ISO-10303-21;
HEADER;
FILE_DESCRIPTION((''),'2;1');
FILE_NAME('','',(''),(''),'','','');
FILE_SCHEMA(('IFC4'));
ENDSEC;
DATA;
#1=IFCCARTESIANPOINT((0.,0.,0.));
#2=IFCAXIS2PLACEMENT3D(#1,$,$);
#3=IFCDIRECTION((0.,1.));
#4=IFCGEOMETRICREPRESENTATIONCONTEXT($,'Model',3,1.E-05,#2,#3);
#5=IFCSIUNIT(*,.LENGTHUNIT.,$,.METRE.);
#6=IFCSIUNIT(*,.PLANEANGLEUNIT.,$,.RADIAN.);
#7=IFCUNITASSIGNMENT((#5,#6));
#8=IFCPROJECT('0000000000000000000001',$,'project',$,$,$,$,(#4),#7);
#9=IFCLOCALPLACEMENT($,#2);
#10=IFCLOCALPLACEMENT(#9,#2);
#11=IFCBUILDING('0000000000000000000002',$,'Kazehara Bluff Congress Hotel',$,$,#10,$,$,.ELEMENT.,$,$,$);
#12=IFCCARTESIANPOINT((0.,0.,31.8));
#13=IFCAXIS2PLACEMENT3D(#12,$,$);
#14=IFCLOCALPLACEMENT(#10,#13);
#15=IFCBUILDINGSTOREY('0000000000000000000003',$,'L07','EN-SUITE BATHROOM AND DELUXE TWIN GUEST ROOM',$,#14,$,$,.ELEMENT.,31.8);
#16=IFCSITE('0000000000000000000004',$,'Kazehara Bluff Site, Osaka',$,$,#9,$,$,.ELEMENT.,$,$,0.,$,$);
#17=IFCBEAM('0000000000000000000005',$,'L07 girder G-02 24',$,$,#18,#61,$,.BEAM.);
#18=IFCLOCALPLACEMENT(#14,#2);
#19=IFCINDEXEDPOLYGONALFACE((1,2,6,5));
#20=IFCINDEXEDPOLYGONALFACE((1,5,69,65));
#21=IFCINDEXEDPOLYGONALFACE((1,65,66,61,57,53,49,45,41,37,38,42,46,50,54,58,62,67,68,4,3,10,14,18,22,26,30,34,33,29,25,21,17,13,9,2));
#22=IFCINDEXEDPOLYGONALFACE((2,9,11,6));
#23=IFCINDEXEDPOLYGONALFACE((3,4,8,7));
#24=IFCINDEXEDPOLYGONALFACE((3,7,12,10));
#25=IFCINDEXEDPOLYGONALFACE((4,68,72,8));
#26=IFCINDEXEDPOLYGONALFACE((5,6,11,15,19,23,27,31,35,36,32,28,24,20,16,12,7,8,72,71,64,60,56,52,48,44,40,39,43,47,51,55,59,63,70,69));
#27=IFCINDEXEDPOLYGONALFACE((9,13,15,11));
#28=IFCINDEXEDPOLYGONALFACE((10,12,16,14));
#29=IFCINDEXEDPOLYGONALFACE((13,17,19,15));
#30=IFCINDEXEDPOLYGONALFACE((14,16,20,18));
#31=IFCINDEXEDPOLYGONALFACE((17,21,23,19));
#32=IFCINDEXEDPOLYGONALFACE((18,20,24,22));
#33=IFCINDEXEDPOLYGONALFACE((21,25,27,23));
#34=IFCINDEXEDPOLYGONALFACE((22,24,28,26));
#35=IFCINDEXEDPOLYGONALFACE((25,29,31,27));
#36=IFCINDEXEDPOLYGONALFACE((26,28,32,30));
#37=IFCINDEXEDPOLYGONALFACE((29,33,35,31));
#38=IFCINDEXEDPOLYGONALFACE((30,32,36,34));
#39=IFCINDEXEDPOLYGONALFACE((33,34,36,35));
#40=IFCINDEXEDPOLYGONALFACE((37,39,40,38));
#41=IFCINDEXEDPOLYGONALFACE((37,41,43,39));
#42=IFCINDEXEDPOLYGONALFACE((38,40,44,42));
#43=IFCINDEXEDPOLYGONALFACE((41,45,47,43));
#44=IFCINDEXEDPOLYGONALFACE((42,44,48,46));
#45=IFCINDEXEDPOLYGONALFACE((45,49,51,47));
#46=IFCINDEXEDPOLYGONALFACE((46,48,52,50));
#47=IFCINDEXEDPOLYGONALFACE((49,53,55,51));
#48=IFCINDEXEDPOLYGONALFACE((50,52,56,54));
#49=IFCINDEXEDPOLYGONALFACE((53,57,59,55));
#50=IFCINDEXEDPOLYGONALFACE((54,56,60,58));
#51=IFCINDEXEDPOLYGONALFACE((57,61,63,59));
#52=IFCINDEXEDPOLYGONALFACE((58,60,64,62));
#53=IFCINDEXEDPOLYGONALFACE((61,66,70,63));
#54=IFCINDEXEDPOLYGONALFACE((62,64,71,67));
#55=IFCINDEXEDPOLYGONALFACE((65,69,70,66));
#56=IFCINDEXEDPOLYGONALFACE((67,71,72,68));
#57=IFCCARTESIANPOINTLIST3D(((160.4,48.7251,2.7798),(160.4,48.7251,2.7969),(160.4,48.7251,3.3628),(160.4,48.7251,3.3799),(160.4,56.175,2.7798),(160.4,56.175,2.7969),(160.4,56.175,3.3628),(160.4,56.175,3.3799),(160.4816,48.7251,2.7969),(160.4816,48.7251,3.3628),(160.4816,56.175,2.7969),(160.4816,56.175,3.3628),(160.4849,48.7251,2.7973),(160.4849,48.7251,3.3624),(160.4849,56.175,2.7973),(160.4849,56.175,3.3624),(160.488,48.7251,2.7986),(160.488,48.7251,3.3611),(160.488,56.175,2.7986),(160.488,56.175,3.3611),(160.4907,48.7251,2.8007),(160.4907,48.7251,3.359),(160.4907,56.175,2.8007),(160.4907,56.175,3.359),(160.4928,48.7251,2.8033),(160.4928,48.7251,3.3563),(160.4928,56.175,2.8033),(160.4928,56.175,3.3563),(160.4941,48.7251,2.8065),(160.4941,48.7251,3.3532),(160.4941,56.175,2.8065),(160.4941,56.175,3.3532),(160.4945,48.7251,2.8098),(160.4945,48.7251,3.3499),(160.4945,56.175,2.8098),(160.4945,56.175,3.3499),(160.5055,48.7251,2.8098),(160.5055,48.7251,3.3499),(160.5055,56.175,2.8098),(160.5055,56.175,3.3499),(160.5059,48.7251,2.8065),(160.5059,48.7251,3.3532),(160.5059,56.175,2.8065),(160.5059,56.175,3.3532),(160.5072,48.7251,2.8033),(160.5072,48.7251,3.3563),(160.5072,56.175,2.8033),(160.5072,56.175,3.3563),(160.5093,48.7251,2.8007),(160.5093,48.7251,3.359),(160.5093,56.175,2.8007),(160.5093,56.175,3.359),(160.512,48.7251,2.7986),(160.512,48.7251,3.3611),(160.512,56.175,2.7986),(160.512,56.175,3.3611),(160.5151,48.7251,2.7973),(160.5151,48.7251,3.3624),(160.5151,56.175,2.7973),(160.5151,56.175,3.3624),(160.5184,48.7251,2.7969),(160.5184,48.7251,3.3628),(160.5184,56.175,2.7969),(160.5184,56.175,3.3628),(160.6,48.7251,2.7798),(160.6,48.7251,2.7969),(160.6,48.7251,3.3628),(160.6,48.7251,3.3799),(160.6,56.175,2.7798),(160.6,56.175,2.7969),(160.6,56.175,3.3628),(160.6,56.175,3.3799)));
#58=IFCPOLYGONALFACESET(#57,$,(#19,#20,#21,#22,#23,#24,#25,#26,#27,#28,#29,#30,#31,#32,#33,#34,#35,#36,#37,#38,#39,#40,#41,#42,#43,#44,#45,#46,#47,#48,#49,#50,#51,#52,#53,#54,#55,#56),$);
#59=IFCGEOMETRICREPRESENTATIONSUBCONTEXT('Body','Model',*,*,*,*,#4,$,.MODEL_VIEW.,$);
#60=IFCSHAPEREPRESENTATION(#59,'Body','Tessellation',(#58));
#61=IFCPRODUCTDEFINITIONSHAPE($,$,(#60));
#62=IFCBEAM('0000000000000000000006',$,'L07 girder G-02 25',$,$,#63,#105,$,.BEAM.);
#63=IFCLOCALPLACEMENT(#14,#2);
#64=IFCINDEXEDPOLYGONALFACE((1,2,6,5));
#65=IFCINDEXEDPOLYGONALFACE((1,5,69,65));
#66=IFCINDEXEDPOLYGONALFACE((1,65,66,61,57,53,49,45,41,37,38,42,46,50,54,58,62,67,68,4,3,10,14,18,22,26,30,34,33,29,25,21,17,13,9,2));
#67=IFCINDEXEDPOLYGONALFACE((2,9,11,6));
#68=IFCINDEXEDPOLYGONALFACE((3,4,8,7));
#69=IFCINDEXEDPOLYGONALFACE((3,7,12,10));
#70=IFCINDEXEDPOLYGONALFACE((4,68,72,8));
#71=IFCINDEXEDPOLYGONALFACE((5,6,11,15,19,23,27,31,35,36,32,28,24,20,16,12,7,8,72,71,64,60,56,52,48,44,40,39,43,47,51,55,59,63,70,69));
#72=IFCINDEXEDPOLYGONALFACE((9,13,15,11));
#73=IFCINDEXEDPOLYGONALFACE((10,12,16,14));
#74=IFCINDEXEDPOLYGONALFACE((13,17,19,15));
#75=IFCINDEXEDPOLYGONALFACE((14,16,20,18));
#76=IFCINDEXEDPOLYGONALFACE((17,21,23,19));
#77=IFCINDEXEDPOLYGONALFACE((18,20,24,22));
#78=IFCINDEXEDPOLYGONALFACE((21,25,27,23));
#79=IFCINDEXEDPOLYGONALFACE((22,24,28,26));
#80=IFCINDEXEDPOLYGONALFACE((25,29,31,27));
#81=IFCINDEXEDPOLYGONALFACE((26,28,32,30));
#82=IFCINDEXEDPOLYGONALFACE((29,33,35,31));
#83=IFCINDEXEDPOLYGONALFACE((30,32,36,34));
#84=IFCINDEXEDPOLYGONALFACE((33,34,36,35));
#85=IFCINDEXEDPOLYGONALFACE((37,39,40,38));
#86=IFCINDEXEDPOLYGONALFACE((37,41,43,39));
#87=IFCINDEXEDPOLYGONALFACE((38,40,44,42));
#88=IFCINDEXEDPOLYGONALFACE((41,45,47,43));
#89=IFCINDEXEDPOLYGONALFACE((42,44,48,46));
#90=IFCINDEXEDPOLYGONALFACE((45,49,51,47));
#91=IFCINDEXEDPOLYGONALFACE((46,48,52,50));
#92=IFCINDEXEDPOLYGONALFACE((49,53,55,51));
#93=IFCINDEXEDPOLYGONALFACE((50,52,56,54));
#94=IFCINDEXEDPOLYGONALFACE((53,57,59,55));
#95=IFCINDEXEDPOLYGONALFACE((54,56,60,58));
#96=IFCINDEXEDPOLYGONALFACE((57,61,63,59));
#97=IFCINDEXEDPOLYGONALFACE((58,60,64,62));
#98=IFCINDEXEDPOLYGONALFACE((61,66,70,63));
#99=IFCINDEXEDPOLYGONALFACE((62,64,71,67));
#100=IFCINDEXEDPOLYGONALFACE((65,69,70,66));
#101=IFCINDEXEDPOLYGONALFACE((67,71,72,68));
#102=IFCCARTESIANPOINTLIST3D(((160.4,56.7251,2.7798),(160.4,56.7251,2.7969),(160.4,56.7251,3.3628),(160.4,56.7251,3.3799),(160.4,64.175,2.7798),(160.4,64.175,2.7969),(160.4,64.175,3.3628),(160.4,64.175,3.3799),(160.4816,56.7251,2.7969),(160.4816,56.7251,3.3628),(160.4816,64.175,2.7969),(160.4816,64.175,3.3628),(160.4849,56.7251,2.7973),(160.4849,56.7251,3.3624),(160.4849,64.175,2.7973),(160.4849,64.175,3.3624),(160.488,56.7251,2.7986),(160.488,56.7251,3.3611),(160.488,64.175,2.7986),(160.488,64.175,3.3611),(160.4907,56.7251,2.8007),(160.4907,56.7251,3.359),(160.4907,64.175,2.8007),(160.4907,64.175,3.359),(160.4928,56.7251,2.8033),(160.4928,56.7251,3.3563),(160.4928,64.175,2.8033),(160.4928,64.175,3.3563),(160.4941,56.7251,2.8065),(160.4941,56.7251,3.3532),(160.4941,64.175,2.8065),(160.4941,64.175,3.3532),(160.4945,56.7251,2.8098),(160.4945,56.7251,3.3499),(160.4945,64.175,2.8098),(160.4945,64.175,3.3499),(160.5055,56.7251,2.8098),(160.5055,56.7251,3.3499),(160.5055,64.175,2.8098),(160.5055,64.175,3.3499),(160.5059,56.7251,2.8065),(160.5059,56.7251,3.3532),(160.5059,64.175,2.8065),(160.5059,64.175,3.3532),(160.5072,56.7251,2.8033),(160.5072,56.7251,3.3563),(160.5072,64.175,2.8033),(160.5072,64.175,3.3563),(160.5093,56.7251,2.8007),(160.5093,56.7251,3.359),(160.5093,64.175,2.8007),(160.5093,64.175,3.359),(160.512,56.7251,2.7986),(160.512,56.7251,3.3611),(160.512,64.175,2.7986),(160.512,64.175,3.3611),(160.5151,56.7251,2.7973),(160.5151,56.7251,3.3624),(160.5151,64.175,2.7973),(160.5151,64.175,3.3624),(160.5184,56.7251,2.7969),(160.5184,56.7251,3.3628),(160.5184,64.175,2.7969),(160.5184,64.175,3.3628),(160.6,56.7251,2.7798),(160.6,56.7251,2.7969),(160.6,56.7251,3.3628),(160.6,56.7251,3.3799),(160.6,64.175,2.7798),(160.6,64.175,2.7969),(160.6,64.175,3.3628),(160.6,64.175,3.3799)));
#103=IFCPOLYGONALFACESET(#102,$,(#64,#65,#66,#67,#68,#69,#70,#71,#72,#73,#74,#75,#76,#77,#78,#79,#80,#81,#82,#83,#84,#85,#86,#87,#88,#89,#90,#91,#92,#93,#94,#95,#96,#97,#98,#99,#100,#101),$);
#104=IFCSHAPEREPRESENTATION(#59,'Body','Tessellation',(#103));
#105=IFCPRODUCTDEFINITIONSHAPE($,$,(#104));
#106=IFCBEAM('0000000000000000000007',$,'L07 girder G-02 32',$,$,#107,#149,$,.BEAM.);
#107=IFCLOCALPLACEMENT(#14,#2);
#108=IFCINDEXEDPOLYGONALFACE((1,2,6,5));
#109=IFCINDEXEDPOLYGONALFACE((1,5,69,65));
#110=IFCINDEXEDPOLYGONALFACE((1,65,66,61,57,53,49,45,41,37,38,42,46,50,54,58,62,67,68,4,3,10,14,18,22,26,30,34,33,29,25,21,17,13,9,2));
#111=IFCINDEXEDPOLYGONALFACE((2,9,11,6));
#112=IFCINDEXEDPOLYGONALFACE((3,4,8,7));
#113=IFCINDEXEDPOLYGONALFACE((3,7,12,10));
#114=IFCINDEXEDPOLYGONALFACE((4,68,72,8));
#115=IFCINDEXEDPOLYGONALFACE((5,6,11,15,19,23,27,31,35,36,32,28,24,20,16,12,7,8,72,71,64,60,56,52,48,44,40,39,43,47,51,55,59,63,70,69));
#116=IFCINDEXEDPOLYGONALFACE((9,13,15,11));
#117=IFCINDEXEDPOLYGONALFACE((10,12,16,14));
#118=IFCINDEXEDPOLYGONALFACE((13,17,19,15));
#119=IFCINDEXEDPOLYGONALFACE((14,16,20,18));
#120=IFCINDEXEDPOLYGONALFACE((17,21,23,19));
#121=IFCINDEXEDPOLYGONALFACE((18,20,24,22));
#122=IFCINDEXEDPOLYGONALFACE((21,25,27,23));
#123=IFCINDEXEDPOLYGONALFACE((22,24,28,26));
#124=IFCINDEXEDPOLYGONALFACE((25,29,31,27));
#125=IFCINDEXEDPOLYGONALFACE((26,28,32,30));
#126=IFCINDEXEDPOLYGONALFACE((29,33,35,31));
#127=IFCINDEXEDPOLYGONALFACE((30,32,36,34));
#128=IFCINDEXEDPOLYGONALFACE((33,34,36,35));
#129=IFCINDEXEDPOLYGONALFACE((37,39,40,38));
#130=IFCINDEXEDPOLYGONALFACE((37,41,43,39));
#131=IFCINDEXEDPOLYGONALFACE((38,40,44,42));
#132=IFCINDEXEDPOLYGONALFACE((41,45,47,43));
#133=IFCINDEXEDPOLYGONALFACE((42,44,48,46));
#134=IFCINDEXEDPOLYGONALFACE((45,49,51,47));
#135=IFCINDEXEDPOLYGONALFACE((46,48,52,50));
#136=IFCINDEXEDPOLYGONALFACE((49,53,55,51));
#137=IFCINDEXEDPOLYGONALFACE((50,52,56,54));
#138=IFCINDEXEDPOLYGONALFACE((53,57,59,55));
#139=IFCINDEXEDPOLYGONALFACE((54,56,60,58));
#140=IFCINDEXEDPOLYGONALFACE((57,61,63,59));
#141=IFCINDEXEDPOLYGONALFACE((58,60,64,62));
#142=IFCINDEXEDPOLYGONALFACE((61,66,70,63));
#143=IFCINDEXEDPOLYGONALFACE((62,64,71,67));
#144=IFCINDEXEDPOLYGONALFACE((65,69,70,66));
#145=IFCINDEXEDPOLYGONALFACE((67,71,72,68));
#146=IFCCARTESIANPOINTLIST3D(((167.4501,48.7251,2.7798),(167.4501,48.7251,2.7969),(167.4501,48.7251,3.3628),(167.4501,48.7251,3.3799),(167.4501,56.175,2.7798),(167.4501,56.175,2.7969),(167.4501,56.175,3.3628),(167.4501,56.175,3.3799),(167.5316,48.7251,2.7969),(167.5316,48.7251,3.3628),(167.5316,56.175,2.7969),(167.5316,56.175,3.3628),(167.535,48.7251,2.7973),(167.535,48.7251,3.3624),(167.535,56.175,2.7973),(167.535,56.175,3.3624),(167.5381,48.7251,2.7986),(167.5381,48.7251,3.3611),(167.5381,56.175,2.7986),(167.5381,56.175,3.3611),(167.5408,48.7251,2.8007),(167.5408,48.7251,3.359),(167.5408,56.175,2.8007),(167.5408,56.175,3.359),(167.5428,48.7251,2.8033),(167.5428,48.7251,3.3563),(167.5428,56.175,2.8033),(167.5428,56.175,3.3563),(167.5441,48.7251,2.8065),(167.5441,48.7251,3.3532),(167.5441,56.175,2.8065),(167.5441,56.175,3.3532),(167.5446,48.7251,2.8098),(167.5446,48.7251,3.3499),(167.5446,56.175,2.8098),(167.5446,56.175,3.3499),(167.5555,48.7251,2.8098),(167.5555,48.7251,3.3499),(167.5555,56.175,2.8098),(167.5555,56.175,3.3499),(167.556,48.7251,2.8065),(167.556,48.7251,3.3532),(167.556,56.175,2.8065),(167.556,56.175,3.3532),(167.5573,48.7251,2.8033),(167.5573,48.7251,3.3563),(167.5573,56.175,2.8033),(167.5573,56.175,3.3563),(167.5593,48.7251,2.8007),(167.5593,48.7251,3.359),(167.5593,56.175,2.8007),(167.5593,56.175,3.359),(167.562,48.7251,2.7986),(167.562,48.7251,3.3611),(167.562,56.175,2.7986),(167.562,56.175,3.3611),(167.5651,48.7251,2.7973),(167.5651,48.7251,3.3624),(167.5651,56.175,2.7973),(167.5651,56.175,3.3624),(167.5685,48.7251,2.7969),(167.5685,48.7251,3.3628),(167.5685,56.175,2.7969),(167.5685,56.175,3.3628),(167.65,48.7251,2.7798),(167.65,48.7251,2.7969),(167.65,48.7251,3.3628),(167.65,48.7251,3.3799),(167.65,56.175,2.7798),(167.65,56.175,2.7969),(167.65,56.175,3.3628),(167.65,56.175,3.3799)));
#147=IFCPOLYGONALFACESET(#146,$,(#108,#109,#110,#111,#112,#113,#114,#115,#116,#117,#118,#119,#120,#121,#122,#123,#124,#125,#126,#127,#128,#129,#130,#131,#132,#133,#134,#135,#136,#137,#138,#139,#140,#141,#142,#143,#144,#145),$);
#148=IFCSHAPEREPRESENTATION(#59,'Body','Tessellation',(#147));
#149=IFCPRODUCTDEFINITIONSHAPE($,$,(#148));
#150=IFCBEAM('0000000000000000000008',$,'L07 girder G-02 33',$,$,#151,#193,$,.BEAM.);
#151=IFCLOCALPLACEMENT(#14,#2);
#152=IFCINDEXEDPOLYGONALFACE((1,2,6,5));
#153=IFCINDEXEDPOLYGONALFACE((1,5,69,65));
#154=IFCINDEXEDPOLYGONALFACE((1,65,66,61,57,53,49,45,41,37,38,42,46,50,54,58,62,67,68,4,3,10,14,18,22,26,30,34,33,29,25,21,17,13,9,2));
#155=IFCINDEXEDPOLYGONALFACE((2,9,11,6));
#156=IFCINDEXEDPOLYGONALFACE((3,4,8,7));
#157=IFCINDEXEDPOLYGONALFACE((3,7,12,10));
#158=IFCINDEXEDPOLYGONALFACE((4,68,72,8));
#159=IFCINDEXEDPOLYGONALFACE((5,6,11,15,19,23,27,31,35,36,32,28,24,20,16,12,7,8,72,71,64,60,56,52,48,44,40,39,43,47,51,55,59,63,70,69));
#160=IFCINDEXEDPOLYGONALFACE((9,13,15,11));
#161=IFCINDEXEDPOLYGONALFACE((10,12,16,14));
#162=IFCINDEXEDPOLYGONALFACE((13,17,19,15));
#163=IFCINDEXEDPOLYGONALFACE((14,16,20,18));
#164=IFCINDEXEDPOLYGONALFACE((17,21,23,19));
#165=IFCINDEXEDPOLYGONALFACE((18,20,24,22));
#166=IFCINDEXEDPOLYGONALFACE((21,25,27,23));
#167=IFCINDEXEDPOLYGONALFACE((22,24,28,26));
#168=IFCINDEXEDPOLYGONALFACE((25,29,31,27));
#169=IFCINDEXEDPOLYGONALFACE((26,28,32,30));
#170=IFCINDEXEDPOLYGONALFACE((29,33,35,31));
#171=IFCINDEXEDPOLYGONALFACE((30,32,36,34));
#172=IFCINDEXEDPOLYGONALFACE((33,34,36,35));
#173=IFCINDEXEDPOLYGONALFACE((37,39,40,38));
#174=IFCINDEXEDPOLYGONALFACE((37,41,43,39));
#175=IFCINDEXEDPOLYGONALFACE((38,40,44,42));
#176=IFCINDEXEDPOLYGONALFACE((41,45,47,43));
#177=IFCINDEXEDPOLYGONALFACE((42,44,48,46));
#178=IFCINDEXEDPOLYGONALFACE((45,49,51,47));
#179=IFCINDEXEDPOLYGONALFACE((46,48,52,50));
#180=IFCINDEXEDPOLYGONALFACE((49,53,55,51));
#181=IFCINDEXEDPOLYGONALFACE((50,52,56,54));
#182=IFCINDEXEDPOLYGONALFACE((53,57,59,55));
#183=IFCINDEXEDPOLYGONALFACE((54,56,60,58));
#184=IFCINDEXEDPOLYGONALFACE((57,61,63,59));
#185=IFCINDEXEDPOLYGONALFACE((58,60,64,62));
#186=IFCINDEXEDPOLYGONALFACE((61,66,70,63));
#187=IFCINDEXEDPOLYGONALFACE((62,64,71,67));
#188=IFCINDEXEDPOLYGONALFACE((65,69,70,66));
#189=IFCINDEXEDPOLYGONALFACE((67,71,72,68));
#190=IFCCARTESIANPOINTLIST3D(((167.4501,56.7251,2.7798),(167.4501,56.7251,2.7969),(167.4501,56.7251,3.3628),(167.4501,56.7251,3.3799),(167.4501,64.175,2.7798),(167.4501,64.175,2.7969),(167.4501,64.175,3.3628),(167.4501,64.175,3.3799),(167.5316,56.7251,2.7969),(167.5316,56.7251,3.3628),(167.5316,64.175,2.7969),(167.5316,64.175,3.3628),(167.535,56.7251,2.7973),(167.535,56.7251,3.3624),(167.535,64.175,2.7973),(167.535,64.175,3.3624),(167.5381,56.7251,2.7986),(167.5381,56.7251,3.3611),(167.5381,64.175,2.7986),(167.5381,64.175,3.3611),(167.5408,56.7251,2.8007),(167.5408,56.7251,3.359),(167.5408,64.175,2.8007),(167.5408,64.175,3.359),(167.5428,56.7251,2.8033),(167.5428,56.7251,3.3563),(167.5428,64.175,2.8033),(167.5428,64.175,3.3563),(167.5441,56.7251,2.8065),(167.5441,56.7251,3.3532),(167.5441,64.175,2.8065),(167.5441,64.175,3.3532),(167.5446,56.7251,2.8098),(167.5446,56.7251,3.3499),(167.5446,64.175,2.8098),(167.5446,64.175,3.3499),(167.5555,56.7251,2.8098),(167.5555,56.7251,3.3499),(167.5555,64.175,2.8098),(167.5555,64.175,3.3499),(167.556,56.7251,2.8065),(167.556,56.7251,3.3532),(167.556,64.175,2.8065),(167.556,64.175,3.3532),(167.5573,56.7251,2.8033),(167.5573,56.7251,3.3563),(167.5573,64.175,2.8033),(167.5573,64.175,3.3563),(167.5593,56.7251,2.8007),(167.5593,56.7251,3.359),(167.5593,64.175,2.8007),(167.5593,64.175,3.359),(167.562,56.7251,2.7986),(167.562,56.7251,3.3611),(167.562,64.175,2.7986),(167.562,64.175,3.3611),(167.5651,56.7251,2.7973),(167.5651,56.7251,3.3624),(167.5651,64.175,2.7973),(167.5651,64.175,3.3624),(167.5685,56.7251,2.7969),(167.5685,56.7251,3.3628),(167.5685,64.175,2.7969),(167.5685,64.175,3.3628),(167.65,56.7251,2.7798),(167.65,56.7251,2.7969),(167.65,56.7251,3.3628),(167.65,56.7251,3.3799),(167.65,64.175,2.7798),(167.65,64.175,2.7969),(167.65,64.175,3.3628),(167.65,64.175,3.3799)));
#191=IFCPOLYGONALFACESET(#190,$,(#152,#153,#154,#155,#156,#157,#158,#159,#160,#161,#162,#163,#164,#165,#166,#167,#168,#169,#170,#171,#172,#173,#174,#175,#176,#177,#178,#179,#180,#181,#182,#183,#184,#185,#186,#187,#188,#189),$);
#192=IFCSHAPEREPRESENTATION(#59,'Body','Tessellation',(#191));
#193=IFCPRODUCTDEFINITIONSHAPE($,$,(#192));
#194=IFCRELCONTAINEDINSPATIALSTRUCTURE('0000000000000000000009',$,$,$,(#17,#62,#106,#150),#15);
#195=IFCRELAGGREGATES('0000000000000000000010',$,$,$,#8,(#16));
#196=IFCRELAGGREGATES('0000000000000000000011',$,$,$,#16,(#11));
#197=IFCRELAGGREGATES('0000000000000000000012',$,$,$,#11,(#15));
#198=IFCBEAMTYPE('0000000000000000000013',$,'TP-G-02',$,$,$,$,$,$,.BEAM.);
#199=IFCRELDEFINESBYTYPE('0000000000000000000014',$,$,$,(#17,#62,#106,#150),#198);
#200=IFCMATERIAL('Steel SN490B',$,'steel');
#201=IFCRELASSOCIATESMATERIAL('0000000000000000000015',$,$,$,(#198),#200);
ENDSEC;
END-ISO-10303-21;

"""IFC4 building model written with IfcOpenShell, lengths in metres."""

from ifc_helpers import new_model, si_unit, direction, frame, origin, origin_2d, place, context, subcontext, project, spatial, i_section, extrude, material, material_profile, profile_set, type_object, element, save


model = new_model("IFC4")

# Units and contexts
model_context = context("Model", 3, precision=1e-05, world=origin(), true_north=direction((0.0, 1.0)))
body_context = subcontext(model_context, "Body", "Model", "MODEL_VIEW")
ifc_project = project(units=[si_unit("LENGTHUNIT", "METRE"), si_unit("PLANEANGLEUNIT", "RADIAN")], contexts=[model_context])

# Site, building, storey
site_placement = place(None, origin())
site = spatial("IfcSite", under=ifc_project, at=site_placement, Name="Kazehara Bluff Site, Osaka", CompositionType="ELEMENT", RefElevation=0.0)
building_placement = place(site_placement, origin())
building = spatial("IfcBuilding", under=site, at=building_placement, Name="Kazehara Bluff Congress Hotel", CompositionType="ELEMENT")
storey_placement = place(building_placement, frame((0.0, 0.0, 31.8)))
storey = spatial("IfcBuildingStorey", under=building, at=storey_placement, Name="L07", Description="EN-SUITE BATHROOM AND DELUXE TWIN GUEST ROOM", CompositionType="ELEMENT", Elevation=31.8)

# Beams
ifc_material_1 = material(Name="Steel SN490B", Category="steel")
ifc_material_profile_1 = material_profile(ifc_material_1, i_section(OverallWidth=0.2, OverallDepth=0.6001, WebThickness=0.011, FlangeThickness=0.0171, FilletRadius=0.0129, at=origin_2d()))
ifc_profile_set_1 = profile_set([ifc_material_profile_1], Name="Steel SN490B")
beam_type_1 = type_object("IfcBeamType", Name="TP-G-02", PredefinedType="BEAM", material=ifc_profile_set_1)
for number, where, z_axis, x_axis, name in (
    (1, (160.5, 48.7251, 3.0798), (0.0, 1.0, 0.0), (-1.0, 0.0, 0.0), "L07 girder G-02 24"),
    (2, (160.5, 56.7251, 3.0798), (0.0, 1.0, 0.0), (-1.0, 0.0, 0.0), "L07 girder G-02 25"),
    (3, (167.55, 48.7251, 3.0798), (0.0, 1.0, 0.0), (-1.0, 0.0, 0.0), "L07 girder G-02 32"),
    (4, (167.55, 56.7251, 3.0798), (0.0, 1.0, 0.0), (-1.0, 0.0, 0.0), "L07 girder G-02 33"),
):
    element("IfcBeam", number, at=place(storey_placement, frame(where, z_axis=z_axis, x_axis=x_axis)), inside=storey, type_object=beam_type_1, Name=name, PredefinedType="BEAM", context=body_context, shape_type="SweptSolid", body=[
        extrude(i_section(OverallWidth=0.2, OverallDepth=0.6001, WebThickness=0.011, FlangeThickness=0.0171, FilletRadius=0.0129, at=origin_2d()), origin(), (0.0, 0.0, 1.0), 7.45),
    ])

save(model, "model.ifc")
